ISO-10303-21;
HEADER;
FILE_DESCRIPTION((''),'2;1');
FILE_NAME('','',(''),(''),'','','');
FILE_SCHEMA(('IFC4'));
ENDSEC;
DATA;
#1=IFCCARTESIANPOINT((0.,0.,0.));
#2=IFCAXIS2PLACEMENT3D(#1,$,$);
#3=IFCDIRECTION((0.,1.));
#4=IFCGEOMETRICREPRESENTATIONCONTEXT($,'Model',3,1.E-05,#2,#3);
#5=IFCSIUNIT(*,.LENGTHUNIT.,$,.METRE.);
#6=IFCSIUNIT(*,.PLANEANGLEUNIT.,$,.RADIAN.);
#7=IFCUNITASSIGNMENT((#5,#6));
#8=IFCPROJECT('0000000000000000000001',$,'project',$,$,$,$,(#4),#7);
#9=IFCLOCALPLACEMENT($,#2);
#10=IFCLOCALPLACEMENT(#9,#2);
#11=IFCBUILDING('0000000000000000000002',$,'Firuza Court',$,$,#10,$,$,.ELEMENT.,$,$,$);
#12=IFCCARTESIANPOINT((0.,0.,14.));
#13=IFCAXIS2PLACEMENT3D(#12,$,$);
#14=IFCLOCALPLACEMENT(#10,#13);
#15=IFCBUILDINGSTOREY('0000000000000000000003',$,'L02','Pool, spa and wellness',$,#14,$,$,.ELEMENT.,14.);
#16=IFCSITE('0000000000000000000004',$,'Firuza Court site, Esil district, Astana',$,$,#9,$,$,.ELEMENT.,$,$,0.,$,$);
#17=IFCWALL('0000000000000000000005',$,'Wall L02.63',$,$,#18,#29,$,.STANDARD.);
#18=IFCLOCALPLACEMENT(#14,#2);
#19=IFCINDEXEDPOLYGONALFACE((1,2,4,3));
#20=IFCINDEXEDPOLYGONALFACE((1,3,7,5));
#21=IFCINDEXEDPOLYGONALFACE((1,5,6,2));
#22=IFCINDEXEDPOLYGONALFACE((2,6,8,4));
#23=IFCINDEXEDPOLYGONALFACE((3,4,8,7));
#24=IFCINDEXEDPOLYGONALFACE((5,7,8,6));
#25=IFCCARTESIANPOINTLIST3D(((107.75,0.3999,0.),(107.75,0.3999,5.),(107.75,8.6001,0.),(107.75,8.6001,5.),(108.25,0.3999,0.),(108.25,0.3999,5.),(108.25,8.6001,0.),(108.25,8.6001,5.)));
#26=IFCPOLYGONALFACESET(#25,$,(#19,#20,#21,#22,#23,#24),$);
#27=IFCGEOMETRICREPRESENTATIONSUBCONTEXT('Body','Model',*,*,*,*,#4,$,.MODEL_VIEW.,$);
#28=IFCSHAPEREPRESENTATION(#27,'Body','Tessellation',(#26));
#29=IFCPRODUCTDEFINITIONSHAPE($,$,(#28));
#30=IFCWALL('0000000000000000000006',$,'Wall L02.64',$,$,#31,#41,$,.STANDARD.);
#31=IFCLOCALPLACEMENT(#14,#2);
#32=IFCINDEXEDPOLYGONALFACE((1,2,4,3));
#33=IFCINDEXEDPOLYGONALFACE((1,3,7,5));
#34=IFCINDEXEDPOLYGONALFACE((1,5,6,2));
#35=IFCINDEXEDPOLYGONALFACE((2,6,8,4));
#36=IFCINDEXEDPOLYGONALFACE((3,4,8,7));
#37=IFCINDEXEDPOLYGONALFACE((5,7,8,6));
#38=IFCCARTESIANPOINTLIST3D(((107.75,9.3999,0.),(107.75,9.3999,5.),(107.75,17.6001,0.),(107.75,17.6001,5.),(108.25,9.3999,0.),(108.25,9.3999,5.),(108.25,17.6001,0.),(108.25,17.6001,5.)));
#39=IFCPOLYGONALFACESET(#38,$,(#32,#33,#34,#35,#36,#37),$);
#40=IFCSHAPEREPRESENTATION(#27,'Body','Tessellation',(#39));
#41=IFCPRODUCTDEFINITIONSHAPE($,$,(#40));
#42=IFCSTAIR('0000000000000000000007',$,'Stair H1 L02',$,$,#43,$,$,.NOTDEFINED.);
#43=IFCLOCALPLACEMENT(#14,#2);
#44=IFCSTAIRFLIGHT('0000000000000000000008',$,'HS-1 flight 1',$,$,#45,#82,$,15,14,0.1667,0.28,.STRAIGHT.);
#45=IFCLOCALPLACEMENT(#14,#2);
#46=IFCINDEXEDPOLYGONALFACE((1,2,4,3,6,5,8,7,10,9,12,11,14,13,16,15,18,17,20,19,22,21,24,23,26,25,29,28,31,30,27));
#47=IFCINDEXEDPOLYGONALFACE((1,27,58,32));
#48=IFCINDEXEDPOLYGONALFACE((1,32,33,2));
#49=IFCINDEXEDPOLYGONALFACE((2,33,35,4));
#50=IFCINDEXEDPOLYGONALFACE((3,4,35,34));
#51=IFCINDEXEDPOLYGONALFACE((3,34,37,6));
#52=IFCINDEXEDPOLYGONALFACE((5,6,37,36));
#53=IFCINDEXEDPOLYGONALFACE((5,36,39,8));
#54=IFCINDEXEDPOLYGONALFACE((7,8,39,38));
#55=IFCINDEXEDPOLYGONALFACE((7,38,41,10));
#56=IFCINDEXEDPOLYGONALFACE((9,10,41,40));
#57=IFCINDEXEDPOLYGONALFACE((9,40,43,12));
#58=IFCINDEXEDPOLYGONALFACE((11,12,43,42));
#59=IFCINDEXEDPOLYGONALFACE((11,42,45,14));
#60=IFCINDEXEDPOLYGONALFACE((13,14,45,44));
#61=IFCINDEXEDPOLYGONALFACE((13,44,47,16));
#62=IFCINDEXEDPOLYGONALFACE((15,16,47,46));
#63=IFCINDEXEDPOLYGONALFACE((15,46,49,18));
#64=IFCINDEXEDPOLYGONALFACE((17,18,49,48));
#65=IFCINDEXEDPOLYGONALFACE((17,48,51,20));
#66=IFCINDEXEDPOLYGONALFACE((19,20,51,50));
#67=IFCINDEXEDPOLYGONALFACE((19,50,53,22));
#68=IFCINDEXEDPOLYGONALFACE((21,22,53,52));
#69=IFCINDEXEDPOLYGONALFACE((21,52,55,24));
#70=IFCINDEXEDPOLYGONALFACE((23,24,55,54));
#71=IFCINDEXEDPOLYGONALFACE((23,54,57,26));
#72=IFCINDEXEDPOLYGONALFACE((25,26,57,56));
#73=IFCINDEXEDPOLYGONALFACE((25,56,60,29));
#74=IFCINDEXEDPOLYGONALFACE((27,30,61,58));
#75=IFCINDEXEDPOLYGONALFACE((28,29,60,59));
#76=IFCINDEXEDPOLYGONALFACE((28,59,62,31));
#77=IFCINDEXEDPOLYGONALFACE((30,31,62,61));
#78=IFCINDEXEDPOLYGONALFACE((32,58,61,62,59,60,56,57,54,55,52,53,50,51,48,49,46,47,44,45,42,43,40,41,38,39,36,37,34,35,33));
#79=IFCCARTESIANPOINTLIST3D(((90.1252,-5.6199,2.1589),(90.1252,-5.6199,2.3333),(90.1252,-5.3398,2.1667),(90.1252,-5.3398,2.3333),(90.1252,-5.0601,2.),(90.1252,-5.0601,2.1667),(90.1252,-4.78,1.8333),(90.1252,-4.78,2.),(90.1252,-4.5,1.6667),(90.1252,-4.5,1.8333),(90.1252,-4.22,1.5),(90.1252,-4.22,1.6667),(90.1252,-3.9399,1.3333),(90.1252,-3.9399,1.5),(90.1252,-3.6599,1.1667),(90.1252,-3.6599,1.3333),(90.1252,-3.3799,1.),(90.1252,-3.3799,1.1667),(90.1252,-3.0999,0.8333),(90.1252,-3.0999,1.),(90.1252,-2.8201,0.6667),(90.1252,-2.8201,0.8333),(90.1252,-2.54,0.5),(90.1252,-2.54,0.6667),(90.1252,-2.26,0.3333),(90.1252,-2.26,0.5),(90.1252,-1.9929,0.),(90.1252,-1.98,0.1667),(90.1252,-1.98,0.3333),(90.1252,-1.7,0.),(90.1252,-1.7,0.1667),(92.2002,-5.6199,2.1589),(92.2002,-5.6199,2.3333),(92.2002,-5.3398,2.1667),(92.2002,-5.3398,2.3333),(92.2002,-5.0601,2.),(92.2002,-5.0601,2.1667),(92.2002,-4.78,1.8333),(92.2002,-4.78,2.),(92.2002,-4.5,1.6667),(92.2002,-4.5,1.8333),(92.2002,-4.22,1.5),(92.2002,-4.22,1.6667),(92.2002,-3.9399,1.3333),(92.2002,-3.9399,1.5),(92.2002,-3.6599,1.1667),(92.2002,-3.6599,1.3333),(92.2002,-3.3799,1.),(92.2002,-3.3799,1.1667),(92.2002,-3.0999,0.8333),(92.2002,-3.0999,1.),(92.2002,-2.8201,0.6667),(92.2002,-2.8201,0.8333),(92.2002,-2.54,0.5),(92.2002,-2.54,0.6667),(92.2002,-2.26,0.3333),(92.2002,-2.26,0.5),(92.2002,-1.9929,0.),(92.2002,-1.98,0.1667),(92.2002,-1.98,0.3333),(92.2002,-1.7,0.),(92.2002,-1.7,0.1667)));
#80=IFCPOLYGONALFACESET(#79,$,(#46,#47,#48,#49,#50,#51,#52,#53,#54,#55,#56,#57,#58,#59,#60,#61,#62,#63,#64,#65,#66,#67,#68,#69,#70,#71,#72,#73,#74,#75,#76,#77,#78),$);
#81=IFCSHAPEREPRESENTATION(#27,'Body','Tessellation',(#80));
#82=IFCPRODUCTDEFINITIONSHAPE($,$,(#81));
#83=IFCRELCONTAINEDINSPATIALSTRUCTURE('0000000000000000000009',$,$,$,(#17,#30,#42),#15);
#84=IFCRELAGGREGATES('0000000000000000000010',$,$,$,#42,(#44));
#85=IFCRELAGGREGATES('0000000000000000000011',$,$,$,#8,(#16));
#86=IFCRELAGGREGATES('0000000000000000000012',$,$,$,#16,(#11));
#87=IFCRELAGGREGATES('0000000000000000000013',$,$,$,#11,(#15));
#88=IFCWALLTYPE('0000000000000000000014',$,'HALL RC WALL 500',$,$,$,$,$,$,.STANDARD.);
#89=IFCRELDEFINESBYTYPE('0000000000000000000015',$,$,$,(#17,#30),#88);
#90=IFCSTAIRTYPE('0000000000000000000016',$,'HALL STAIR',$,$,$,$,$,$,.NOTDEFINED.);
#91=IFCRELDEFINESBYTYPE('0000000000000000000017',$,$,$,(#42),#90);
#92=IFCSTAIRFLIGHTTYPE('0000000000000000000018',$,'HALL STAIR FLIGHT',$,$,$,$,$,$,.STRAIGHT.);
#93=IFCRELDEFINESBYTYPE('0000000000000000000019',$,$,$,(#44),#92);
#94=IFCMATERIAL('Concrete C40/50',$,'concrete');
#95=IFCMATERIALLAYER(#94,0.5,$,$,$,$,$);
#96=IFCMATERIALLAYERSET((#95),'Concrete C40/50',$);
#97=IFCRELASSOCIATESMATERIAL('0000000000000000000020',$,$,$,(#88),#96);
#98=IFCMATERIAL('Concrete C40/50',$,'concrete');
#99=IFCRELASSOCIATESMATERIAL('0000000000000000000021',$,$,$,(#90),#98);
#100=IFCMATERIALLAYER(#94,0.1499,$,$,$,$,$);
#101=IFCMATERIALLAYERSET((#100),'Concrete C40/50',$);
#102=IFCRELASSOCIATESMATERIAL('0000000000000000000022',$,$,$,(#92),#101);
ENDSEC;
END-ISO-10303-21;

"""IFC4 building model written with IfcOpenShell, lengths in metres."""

from ifc_helpers import new_model, si_unit, direction, frame, frame_2d, origin, place, context, subcontext, project, spatial, polyline, rectangle, outline, extrude, material, layer, layer_set, type_object, element, aggregate, save


model = new_model("IFC4")

# Units and contexts
model_context = context("Model", 3, precision=1e-05, world=origin(), true_north=direction((0.0, 1.0)))
body_context = subcontext(model_context, "Body", "Model", "MODEL_VIEW")
ifc_project = project(units=[si_unit("LENGTHUNIT", "METRE"), si_unit("PLANEANGLEUNIT", "RADIAN")], contexts=[model_context])

# Site, building, storey
site_placement = place(None, origin())
site = spatial("IfcSite", under=ifc_project, at=site_placement, Name="Firuza Court site, Esil district, Astana", CompositionType="ELEMENT", RefElevation=0.0)
building_placement = place(site_placement, origin())
building = spatial("IfcBuilding", under=site, at=building_placement, Name="Firuza Court", CompositionType="ELEMENT")
storey_placement = place(building_placement, frame((0.0, 0.0, 14.0)))
storey = spatial("IfcBuildingStorey", under=building, at=storey_placement, Name="L02", Description="Pool, spa and wellness", CompositionType="ELEMENT", Elevation=14.0)

# Shared definitions
ifc_material_1 = material(Name="Concrete C40/50", Category="concrete")
ifc_layer_1 = layer(ifc_material_1, 0.5)
ifc_layer_set_1 = layer_set([ifc_layer_1], Name="Concrete C40/50")
wall_type_1 = type_object("IfcWallType", Name="HALL RC WALL 500", PredefinedType="STANDARD", material=ifc_layer_set_1)

# Walls
for number, where, z_axis, x_axis, name in (
    (1, (108.0, 0.3999, 0.0), (0.0, 0.0, 1.0), (0.0, 1.0, 0.0), "Wall L02.63"),
    (2, (108.0, 9.3999, 0.0), (0.0, 0.0, 1.0), (0.0, 1.0, 0.0), "Wall L02.64"),
):
    element("IfcWall", number, at=place(storey_placement, frame(where, z_axis=z_axis, x_axis=x_axis)), inside=storey, type_object=wall_type_1, Name=name, PredefinedType="STANDARD", context=body_context, shape_type="SweptSolid", body=[
        extrude(rectangle(XDim=8.2002, YDim=0.5, at=frame_2d((4.1001, 0.0))), origin(), (0.0, 0.0, 1.0), 5.0),
    ])

# Stair, stair flight
ifc_material_2 = material(Name="Concrete C40/50", Category="concrete")
stair_type = type_object("IfcStairType", Name="HALL STAIR", PredefinedType="NOTDEFINED", material=ifc_material_2)
stair_placement = place(storey_placement, origin())
stair = element("IfcStair", 3, at=stair_placement, inside=storey, type_object=stair_type, Name="Stair H1 L02", PredefinedType="NOTDEFINED")
ifc_layer_2 = layer(ifc_material_1, 0.1499)
ifc_layer_set_2 = layer_set([ifc_layer_2], Name="Concrete C40/50")
stair_flight_type = type_object("IfcStairFlightType", Name="HALL STAIR FLIGHT", PredefinedType="STRAIGHT", material=ifc_layer_set_2)
stair_flight_placement = place(storey_placement, frame((91.1626, -1.7, 0.0), z_axis=(0.0, 0.0, 1.0), x_axis=(0.0, -1.0, 0.0)))
stair_flight = element("IfcStairFlight", 4, at=stair_flight_placement, type_object=stair_flight_type, Name="HS-1 flight 1", NumberOfRisers=15, NumberOfTreads=14, PredefinedType="STRAIGHT", RiserHeight=0.1667, TreadLength=0.28, context=body_context, shape_type="SweptSolid", body=[
    extrude(outline(polyline([(0.0, 0.0), (0.0, 0.1667), (0.28, 0.1667), (0.28, 0.3333), (0.5601, 0.3333), (0.5601, 0.5), (0.8401, 0.5), (0.8401, 0.6667), (1.1201, 0.6667), (1.1201, 0.8333), (1.3999, 0.8333), (1.3999, 1.0), (1.6799, 1.0), (1.6799, 1.1667), (1.96, 1.1667), (1.96, 1.3333), (2.24, 1.3333), (2.24, 1.5), (2.52, 1.5), (2.52, 1.6667), (2.8, 1.6667), (2.8, 1.8333), (3.0801, 1.8333), (3.0801, 2.0), (3.3601, 2.0), (3.3601, 2.1667), (3.6399, 2.1667), (3.6399, 2.3333), (3.9199, 2.3333), (3.9199, 2.5), (3.9199, 2.1589), (0.293, 0.0), (0.0, 0.0)])), frame((0.0, 1.0376, 0.0), z_axis=(0.0, -1.0, 0.0), x_axis=(1.0, 0.0, 0.0)), (0.0, 0.0, 1.0), 2.075),
])
aggregate(stair, [stair_flight])

save(model, "model.ifc")
